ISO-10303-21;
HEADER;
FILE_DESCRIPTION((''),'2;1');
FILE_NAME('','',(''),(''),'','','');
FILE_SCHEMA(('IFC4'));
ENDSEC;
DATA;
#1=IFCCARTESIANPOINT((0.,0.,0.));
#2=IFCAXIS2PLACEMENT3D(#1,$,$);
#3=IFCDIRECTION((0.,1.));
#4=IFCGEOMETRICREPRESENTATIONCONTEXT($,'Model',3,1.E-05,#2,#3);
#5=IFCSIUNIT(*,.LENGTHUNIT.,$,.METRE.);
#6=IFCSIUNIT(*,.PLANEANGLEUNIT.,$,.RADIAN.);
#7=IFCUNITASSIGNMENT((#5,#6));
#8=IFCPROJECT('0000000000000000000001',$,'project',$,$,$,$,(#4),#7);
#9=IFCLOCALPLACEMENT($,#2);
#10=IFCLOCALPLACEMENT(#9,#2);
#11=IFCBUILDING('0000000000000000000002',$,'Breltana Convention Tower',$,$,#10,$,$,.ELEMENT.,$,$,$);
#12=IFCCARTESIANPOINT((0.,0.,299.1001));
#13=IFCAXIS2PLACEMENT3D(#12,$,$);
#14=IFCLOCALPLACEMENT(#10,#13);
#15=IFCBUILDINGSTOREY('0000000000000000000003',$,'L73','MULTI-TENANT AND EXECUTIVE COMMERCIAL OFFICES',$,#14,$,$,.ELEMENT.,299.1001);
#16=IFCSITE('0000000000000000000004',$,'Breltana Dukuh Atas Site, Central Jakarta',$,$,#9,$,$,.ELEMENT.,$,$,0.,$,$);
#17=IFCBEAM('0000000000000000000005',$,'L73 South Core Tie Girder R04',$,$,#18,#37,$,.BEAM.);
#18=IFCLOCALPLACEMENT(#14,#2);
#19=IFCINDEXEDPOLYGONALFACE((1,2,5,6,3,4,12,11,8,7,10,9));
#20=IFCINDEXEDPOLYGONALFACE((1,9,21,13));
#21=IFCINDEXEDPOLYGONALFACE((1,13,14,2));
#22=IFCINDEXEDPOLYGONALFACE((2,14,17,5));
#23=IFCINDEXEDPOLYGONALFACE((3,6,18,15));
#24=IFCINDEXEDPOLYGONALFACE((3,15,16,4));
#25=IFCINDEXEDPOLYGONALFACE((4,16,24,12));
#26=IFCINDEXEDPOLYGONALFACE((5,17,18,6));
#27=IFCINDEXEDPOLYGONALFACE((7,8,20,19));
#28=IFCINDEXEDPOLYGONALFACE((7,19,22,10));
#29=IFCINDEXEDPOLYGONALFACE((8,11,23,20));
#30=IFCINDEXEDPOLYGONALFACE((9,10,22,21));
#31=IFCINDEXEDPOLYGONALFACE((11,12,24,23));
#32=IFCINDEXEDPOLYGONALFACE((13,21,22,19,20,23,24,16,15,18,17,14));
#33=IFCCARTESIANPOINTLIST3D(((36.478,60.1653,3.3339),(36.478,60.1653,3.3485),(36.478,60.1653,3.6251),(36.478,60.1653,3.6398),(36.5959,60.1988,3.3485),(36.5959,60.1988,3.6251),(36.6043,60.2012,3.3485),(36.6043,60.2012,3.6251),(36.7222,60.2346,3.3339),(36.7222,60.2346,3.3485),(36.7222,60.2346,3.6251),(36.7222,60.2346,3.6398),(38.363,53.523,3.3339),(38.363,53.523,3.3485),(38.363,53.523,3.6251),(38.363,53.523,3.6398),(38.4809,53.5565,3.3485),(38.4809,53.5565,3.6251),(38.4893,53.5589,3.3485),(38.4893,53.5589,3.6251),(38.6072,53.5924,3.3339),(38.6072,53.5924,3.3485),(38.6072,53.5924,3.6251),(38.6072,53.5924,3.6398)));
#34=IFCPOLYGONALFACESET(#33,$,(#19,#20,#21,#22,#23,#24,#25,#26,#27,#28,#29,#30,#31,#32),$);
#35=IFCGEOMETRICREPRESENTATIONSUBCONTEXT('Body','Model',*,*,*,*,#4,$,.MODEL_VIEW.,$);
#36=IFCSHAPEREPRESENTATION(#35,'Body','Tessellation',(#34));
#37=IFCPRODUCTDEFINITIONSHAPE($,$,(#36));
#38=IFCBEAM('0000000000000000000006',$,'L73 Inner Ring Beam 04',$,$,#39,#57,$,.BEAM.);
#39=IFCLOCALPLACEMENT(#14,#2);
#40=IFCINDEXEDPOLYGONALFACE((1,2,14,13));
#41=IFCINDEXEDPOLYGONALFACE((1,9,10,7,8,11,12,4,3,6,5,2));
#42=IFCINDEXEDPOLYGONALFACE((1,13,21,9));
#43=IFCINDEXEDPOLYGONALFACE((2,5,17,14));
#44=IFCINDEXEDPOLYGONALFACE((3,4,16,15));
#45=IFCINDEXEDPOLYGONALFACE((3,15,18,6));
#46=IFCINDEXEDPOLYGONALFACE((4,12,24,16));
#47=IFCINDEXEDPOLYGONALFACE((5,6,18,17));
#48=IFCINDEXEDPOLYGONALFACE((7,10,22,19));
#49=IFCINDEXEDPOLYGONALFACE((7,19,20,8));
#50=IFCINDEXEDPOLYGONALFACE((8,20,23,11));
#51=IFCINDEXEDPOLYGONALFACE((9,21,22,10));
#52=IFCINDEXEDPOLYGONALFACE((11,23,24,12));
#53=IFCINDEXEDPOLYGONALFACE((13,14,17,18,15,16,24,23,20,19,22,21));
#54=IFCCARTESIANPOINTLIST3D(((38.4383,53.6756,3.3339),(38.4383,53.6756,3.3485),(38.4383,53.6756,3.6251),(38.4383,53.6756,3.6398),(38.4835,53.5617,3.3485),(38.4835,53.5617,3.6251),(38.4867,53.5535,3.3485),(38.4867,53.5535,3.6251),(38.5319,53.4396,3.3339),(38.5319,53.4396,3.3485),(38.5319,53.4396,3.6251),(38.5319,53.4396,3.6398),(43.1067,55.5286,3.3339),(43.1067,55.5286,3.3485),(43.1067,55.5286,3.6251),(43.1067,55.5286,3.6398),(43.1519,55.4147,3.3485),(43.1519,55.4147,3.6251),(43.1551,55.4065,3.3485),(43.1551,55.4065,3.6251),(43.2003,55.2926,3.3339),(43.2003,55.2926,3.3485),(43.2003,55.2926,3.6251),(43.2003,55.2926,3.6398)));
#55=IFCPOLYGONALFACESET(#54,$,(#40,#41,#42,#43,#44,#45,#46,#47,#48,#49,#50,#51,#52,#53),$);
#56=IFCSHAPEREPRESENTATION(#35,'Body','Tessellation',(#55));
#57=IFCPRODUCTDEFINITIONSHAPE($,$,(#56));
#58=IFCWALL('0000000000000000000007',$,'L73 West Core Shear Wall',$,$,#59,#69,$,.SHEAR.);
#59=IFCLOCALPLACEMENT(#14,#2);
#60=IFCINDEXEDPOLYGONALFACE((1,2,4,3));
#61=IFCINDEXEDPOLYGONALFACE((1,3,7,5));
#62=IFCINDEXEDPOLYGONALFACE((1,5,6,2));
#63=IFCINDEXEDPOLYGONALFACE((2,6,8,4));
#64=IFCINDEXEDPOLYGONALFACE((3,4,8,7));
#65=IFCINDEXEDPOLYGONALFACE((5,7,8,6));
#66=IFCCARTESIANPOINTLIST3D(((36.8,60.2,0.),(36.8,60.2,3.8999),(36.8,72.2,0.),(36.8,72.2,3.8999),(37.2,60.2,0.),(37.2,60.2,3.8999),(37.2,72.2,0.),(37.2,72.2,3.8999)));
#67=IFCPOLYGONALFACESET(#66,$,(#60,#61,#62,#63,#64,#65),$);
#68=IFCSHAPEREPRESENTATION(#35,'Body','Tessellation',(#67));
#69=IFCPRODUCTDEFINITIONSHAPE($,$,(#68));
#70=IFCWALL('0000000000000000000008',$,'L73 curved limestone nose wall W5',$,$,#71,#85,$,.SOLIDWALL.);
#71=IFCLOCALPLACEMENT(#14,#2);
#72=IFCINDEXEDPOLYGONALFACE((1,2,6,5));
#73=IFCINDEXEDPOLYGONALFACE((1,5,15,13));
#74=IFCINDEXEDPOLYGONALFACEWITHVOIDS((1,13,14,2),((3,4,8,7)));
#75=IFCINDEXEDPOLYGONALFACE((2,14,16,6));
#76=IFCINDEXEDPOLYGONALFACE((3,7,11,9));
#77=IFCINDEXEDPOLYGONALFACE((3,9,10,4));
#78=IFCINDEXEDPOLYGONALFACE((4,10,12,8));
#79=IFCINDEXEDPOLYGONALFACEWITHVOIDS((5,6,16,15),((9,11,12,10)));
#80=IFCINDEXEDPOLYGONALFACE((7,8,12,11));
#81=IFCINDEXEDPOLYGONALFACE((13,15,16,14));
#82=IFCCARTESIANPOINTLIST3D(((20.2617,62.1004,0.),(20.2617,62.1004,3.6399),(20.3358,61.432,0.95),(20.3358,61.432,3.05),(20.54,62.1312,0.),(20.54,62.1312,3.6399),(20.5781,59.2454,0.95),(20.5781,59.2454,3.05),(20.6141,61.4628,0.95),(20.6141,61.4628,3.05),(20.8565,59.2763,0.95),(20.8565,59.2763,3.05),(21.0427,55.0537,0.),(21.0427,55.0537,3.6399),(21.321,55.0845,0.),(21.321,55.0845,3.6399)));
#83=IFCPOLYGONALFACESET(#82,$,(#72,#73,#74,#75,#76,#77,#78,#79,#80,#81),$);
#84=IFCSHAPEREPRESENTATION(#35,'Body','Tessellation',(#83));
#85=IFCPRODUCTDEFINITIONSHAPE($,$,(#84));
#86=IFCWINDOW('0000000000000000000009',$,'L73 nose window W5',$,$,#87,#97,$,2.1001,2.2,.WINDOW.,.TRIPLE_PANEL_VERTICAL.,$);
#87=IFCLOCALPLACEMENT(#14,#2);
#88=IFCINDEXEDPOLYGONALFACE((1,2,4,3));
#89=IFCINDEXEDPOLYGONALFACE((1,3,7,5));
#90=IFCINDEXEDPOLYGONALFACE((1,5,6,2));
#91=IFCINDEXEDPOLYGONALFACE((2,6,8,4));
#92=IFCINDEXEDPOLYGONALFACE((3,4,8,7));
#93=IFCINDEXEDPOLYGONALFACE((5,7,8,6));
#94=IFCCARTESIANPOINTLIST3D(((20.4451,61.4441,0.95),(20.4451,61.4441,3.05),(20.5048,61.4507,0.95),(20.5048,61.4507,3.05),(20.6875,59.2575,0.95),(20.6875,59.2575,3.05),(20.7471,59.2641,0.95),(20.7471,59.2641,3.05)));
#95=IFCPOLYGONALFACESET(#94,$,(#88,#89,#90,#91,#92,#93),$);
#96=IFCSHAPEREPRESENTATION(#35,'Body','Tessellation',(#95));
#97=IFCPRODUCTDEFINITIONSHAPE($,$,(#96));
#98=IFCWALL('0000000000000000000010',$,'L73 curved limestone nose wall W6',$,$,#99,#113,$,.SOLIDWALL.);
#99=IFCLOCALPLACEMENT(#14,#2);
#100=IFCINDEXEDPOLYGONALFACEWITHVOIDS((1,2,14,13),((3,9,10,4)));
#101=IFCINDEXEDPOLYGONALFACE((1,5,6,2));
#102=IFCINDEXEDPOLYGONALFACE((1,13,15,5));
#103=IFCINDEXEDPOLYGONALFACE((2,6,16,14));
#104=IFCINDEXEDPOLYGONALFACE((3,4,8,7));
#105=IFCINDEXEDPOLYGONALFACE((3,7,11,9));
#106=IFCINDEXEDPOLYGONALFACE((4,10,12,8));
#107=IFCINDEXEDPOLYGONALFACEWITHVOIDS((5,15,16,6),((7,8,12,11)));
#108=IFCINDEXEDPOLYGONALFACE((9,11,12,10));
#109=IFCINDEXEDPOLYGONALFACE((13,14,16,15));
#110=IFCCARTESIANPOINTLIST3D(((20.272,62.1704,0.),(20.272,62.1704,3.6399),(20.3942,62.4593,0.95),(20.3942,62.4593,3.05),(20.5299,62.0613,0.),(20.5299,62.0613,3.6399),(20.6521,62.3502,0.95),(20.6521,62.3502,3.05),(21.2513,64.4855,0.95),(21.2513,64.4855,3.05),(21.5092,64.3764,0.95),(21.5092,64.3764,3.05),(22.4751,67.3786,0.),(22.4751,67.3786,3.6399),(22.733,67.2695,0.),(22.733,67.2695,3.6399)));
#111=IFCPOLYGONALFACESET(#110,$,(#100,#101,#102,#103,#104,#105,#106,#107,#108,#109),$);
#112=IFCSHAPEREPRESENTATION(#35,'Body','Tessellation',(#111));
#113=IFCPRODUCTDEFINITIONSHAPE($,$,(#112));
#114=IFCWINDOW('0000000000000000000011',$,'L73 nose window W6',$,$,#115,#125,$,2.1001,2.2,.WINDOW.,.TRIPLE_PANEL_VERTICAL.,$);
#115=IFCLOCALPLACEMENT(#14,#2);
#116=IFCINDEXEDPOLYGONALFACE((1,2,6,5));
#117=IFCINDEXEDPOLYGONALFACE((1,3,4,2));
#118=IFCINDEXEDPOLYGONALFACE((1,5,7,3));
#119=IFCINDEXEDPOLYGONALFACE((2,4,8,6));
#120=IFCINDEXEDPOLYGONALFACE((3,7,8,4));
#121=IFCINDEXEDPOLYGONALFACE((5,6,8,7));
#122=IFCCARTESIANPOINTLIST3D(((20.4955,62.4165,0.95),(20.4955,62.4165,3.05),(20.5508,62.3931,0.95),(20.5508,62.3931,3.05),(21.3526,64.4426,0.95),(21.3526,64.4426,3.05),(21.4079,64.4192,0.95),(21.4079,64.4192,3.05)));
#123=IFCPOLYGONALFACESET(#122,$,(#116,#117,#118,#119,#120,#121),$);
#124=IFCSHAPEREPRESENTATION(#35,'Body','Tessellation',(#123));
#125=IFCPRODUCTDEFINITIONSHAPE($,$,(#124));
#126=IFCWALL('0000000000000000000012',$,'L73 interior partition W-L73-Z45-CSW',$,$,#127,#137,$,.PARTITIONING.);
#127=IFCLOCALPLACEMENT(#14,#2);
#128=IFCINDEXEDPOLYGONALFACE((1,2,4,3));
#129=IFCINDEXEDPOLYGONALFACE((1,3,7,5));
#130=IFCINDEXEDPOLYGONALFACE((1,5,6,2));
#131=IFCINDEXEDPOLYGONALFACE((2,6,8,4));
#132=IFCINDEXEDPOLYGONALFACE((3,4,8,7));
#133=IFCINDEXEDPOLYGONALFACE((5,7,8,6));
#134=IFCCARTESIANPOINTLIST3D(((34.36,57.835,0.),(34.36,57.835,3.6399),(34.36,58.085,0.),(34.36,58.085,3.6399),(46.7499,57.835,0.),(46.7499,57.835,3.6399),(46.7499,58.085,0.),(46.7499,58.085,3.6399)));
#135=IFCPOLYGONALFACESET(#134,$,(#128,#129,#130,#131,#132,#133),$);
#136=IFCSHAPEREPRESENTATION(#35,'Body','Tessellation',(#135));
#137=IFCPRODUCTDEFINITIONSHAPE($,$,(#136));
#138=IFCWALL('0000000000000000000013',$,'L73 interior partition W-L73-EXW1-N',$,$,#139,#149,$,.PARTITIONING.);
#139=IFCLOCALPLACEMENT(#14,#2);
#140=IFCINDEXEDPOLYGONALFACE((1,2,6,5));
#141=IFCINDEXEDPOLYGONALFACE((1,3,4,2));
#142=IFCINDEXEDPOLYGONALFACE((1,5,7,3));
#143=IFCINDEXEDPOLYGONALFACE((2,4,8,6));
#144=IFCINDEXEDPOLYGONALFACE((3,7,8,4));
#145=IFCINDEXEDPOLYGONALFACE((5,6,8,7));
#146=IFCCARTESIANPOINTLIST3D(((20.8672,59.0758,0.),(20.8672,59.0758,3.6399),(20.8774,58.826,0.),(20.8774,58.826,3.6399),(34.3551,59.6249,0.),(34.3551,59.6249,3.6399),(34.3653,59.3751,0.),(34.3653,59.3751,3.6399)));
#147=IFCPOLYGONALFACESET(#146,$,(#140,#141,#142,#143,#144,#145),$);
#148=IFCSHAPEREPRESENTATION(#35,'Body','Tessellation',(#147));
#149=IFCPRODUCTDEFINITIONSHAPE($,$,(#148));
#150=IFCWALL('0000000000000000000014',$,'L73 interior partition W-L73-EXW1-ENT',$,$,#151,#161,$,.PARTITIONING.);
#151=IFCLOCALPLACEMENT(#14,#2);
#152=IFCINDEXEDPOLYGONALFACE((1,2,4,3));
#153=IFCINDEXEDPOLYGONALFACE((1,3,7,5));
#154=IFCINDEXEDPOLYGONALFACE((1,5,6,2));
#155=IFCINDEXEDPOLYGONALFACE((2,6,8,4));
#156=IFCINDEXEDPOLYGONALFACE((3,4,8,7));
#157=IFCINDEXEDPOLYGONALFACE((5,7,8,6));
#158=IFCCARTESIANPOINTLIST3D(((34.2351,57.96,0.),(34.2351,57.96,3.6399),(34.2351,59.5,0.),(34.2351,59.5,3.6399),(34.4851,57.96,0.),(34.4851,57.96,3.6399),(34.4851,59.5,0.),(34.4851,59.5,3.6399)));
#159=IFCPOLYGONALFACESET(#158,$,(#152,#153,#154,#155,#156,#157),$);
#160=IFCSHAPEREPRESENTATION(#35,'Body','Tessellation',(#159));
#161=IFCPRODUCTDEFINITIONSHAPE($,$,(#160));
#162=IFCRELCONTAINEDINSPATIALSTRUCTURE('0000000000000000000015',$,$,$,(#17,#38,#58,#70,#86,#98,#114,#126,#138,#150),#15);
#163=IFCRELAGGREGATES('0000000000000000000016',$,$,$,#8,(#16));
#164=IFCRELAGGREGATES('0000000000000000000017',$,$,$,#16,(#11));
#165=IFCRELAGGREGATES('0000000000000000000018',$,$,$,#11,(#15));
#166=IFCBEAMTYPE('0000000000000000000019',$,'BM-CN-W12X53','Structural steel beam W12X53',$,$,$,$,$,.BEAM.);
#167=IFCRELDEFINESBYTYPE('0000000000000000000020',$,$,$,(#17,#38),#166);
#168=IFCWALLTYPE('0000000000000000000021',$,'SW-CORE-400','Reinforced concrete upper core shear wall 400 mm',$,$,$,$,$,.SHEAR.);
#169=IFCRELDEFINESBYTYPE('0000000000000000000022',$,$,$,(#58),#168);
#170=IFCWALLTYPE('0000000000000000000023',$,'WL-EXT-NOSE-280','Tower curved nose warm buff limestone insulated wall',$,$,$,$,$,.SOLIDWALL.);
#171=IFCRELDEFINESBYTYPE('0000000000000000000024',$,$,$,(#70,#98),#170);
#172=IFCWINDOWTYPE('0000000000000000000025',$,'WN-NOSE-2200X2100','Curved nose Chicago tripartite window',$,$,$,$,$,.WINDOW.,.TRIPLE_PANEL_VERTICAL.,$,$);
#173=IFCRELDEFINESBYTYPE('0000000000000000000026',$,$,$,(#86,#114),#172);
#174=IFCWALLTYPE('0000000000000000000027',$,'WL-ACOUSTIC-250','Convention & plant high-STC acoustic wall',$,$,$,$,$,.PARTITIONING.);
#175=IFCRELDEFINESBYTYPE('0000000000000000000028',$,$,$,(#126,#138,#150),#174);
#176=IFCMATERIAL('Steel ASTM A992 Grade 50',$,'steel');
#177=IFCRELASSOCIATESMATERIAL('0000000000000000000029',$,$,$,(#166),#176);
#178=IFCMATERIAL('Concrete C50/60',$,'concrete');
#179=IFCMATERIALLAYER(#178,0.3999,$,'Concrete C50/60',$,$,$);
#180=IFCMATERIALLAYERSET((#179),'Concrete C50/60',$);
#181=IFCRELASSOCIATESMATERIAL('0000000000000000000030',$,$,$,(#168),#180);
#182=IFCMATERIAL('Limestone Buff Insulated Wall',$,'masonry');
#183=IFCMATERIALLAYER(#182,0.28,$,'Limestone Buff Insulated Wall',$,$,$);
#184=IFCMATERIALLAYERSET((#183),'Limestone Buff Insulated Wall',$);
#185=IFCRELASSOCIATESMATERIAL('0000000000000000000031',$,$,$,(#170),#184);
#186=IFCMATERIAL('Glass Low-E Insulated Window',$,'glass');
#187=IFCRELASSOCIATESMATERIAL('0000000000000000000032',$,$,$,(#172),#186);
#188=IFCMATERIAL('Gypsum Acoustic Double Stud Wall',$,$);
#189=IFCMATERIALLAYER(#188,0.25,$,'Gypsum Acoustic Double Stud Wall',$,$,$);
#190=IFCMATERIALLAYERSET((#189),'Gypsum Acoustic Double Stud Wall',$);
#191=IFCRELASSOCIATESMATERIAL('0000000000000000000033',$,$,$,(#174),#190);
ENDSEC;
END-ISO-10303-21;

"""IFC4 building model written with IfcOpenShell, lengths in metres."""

from ifc_helpers import new_model, si_unit, direction, frame, frame_2d, origin, origin_2d, place, context, subcontext, project, spatial, rectangle, i_section, extrude, source, transform, mapped, material, layer, layer_set, material_profile, profile_set, type_object, type_shapes, element, fill, save


model = new_model("IFC4")

# Units and contexts
model_context = context("Model", 3, precision=1e-05, world=origin(), true_north=direction((0.0, 1.0)))
body_context = subcontext(model_context, "Body", "Model", "MODEL_VIEW")
ifc_project = project(units=[si_unit("LENGTHUNIT", "METRE"), si_unit("PLANEANGLEUNIT", "RADIAN")], contexts=[model_context])

# Site, building, storey
site_placement = place(None, origin())
site = spatial("IfcSite", under=ifc_project, at=site_placement, Name="Breltana Dukuh Atas Site, Central Jakarta", CompositionType="ELEMENT", RefElevation=0.0)
building_placement = place(site_placement, origin())
building = spatial("IfcBuilding", under=site, at=building_placement, Name="Breltana Convention Tower", CompositionType="ELEMENT")
storey_placement = place(building_placement, frame((0.0, 0.0, 299.1001)))
storey = spatial("IfcBuildingStorey", under=building, at=storey_placement, Name="L73", Description="MULTI-TENANT AND EXECUTIVE COMMERCIAL OFFICES", CompositionType="ELEMENT", Elevation=299.1001)

# Beams
ifc_material_1 = material(Name="Steel ASTM A992 Grade 50", Category="steel")
ifc_material_profile = material_profile(ifc_material_1, i_section(OverallWidth=0.2539, OverallDepth=0.3059, WebThickness=0.0088, FlangeThickness=0.0146, at=origin_2d()), Name="W12X53")
ifc_profile_set = profile_set([ifc_material_profile], Name="Steel ASTM A992 Grade 50")
beam_type = type_object("IfcBeamType", Name="BM-CN-W12X53", Description="Structural steel beam W12X53", PredefinedType="BEAM", material=ifc_profile_set)
shared_shape_1 = source(origin(), body_context, "Body", "SweptSolid", [
    extrude(i_section(OverallWidth=0.2539, OverallDepth=0.3059, WebThickness=0.0088, FlangeThickness=0.0146, at=origin_2d()), origin(), (0.0, 0.0, 1.0), 6.9045),
])
beam_1_placement = place(storey_placement, frame((36.6001, 60.2, 3.4868), z_axis=(0.273007, -0.962012, 0.0), x_axis=(0.962012, 0.273007, 0.0)))
element("IfcBeam", 1, at=beam_1_placement, inside=storey, type_object=beam_type, Name="L73 South Core Tie Girder R04", PredefinedType="BEAM", context=body_context, shape_type="MappedRepresentation", body=[
    mapped(shared_shape_1, transform((0.0, 0.0, 0.0), scale=1.0)),
])
shared_shape_2 = source(origin(), body_context, "Body", "SweptSolid", [
    extrude(i_section(OverallWidth=0.2539, OverallDepth=0.3059, WebThickness=0.0088, FlangeThickness=0.0146, at=origin_2d()), origin(), (0.0, 0.0, 1.0), 5.0227),
])
beam_2_placement = place(storey_placement, frame((38.4851, 53.5576, 3.4868), z_axis=(0.929459, 0.368926, 0.0), x_axis=(-0.368926, 0.929459, 0.0)))
element("IfcBeam", 2, at=beam_2_placement, inside=storey, type_object=beam_type, Name="L73 Inner Ring Beam 04", PredefinedType="BEAM", context=body_context, shape_type="MappedRepresentation", body=[
    mapped(shared_shape_2, transform((0.0, 0.0, 0.0), scale=1.0)),
])

# Wall
ifc_material_2 = material(Name="Concrete C50/60", Category="concrete")
ifc_layer_1 = layer(ifc_material_2, 0.3999, Name="Concrete C50/60")
ifc_layer_set_1 = layer_set([ifc_layer_1], Name="Concrete C50/60")
wall_type_1 = type_object("IfcWallType", Name="SW-CORE-400", Description="Reinforced concrete upper core shear wall 400 mm", PredefinedType="SHEAR", material=ifc_layer_set_1)
shared_shape_3 = source(origin(), body_context, "Body", "SweptSolid", [
    extrude(rectangle(XDim=12.0, YDim=0.3999, at=frame_2d((6.0, 0.0))), origin(), (0.0, 0.0, 1.0), 3.8999),
])
wall_1_placement = place(storey_placement, frame((37.0, 60.2, 0.0), z_axis=(0.0, 0.0, 1.0), x_axis=(0.0, 1.0, 0.0)))
element("IfcWall", 3, at=wall_1_placement, inside=storey, type_object=wall_type_1, Name="L73 West Core Shear Wall", PredefinedType="SHEAR", context=body_context, shape_type="MappedRepresentation", body=[
    mapped(shared_shape_3, transform((0.0, 0.0, 0.0), scale=1.0)),
])

# Walls, openings, windows
ifc_material_3 = material(Name="Limestone Buff Insulated Wall", Category="masonry")
ifc_layer_2 = layer(ifc_material_3, 0.28, Name="Limestone Buff Insulated Wall")
ifc_layer_set_2 = layer_set([ifc_layer_2], Name="Limestone Buff Insulated Wall")
wall_type_2 = type_object("IfcWallType", Name="WL-EXT-NOSE-280", Description="Tower curved nose warm buff limestone insulated wall", PredefinedType="SOLIDWALL", material=ifc_layer_set_2)
shared_shape_4 = source(origin(), body_context, "Body", "SweptSolid", [
    extrude(rectangle(XDim=7.0898, YDim=0.28, at=frame_2d((3.5449, 0.0))), origin(), (0.0, 0.0, 1.0), 3.6399),
])
wall_2_placement = place(storey_placement, frame((21.1819, 55.0691, 0.0), z_axis=(0.0, 0.0, 1.0), x_axis=(-0.110159, 0.993914, 0.0)))
wall_2 = element("IfcWall", 4, at=wall_2_placement, inside=storey, type_object=wall_type_2, Name="L73 curved limestone nose wall W5", PredefinedType="SOLIDWALL", context=body_context, shape_type="MappedRepresentation", body=[
    mapped(shared_shape_4, transform((0.0, 0.0, 0.0), scale=1.0)),
])
opening_1_placement = place(wall_2_placement, frame((4.2173, 0.0, 0.95)))
opening_1 = element("IfcOpeningElement", 5, at=opening_1_placement, cuts=wall_2, PredefinedType="OPENING", context=body_context, shape_type="SweptSolid", body=[
    extrude(rectangle(XDim=2.2, YDim=2.1001, at=frame_2d((1.1001, 1.05))), frame((0.0, 0.1499, 0.0), z_axis=(0.0, -1.0, 0.0), x_axis=(1.0, 0.0, 0.0)), (0.0, 0.0, 1.0), 0.3),
])
ifc_material_4 = material(Name="Glass Low-E Insulated Window", Category="glass")
window_type = type_object("IfcWindowType", Name="WN-NOSE-2200X2100", Description="Curved nose Chicago tripartite window", PartitioningType="TRIPLE_PANEL_VERTICAL", PredefinedType="WINDOW", material=ifc_material_4)
shared_shape_5 = source(origin(), body_context, "Body", "SweptSolid", [
    extrude(rectangle(XDim=2.2, YDim=2.1001, at=frame_2d((1.1001, 1.05))), frame((0.0, 0.03, 0.0), z_axis=(0.0, -1.0, 0.0), x_axis=(1.0, 0.0, 0.0)), (0.0, 0.0, 1.0), 0.0601),
])
type_shapes(window_type, [shared_shape_5])
window_1_placement = place(opening_1_placement, origin())
window_1 = element("IfcWindow", 6, at=window_1_placement, inside=storey, type_object=window_type, Name="L73 nose window W5", OverallHeight=2.1001, OverallWidth=2.2, PartitioningType="TRIPLE_PANEL_VERTICAL", PredefinedType="WINDOW", context=body_context, shape_type="MappedRepresentation", body=[
    mapped(shared_shape_5, transform((0.0, 0.0, 0.0), scale=1.0)),
])
fill(opening_1, window_1)
shared_shape_6 = source(origin(), body_context, "Body", "SweptSolid", [
    extrude(rectangle(XDim=5.655, YDim=0.28, at=frame_2d((2.8276, 0.0))), origin(), (0.0, 0.0, 1.0), 3.6399),
])
wall_3_placement = place(storey_placement, frame((20.4009, 62.1157, 0.0), z_axis=(0.0, 0.0, 1.0), x_axis=(0.389585, 0.92099, 0.0)))
wall_3 = element("IfcWall", 7, at=wall_3_placement, inside=storey, type_object=wall_type_2, Name="L73 curved limestone nose wall W6", PredefinedType="SOLIDWALL", context=body_context, shape_type="MappedRepresentation", body=[
    mapped(shared_shape_6, transform((0.0, 0.0, 0.0), scale=1.0)),
])
opening_2_placement = place(wall_3_placement, frame((0.3137, 0.0, 0.95)))
opening_2 = element("IfcOpeningElement", 8, at=opening_2_placement, cuts=wall_3, PredefinedType="OPENING", context=body_context, shape_type="SweptSolid", body=[
    extrude(rectangle(XDim=2.2, YDim=2.1001, at=frame_2d((1.1001, 1.05))), frame((0.0, 0.1499, 0.0), z_axis=(0.0, -1.0, 0.0), x_axis=(1.0, 0.0, 0.0)), (0.0, 0.0, 1.0), 0.3),
])
window_2_placement = place(opening_2_placement, origin())
window_2 = element("IfcWindow", 9, at=window_2_placement, inside=storey, type_object=window_type, Name="L73 nose window W6", OverallHeight=2.1001, OverallWidth=2.2, PartitioningType="TRIPLE_PANEL_VERTICAL", PredefinedType="WINDOW", context=body_context, shape_type="MappedRepresentation", body=[
    mapped(shared_shape_5, transform((0.0, 0.0, 0.0), scale=1.0)),
])
fill(opening_2, window_2)

# Walls
ifc_material_5 = material(Name="Gypsum Acoustic Double Stud Wall")
ifc_layer_3 = layer(ifc_material_5, 0.25, Name="Gypsum Acoustic Double Stud Wall")
ifc_layer_set_3 = layer_set([ifc_layer_3], Name="Gypsum Acoustic Double Stud Wall")
wall_type_3 = type_object("IfcWallType", Name="WL-ACOUSTIC-250", Description="Convention & plant high-STC acoustic wall", PredefinedType="PARTITIONING", material=ifc_layer_set_3)
shared_shape_7 = source(origin(), body_context, "Body", "SweptSolid", [
    extrude(rectangle(XDim=12.3899, YDim=0.25, at=frame_2d((6.1948, 0.0))), origin(), (0.0, 0.0, 1.0), 3.6399),
])
wall_4_placement = place(storey_placement, frame((34.3601, 57.96, 0.0), z_axis=(0.0, 0.0, 1.0), x_axis=(1.0, 0.0, 0.0)))
element("IfcWall", 10, at=wall_4_placement, inside=storey, type_object=wall_type_3, Name="L73 interior partition W-L73-Z45-CSW", PredefinedType="PARTITIONING", context=body_context, shape_type="MappedRepresentation", body=[
    mapped(shared_shape_7, transform((0.0, 0.0, 0.0), scale=1.0)),
])
shared_shape_8 = source(origin(), body_context, "Body", "SweptSolid", [
    extrude(rectangle(XDim=13.499, YDim=0.25, at=frame_2d((6.7495, 0.0))), origin(), (0.0, 0.0, 1.0), 3.6399),
])
wall_5_placement = place(storey_placement, frame((20.8723, 58.9509, 0.0), z_axis=(0.0, 0.0, 1.0), x_axis=(0.999172, 0.040675, 0.0)))
element("IfcWall", 11, at=wall_5_placement, inside=storey, type_object=wall_type_3, Name="L73 interior partition W-L73-EXW1-N", PredefinedType="PARTITIONING", context=body_context, shape_type="MappedRepresentation", body=[
    mapped(shared_shape_8, transform((0.0, 0.0, 0.0), scale=1.0)),
])
shared_shape_9 = source(origin(), body_context, "Body", "SweptSolid", [
    extrude(rectangle(XDim=1.54, YDim=0.25, at=frame_2d((0.77, 0.0))), origin(), (0.0, 0.0, 1.0), 3.6399),
])
wall_6_placement = place(storey_placement, frame((34.3601, 57.96, 0.0), z_axis=(0.0, 0.0, 1.0), x_axis=(0.0, 1.0, 0.0)))
element("IfcWall", 12, at=wall_6_placement, inside=storey, type_object=wall_type_3, Name="L73 interior partition W-L73-EXW1-ENT", PredefinedType="PARTITIONING", context=body_context, shape_type="MappedRepresentation", body=[
    mapped(shared_shape_9, transform((0.0, 0.0, 0.0), scale=1.0)),
])

save(model, "model.ifc")
